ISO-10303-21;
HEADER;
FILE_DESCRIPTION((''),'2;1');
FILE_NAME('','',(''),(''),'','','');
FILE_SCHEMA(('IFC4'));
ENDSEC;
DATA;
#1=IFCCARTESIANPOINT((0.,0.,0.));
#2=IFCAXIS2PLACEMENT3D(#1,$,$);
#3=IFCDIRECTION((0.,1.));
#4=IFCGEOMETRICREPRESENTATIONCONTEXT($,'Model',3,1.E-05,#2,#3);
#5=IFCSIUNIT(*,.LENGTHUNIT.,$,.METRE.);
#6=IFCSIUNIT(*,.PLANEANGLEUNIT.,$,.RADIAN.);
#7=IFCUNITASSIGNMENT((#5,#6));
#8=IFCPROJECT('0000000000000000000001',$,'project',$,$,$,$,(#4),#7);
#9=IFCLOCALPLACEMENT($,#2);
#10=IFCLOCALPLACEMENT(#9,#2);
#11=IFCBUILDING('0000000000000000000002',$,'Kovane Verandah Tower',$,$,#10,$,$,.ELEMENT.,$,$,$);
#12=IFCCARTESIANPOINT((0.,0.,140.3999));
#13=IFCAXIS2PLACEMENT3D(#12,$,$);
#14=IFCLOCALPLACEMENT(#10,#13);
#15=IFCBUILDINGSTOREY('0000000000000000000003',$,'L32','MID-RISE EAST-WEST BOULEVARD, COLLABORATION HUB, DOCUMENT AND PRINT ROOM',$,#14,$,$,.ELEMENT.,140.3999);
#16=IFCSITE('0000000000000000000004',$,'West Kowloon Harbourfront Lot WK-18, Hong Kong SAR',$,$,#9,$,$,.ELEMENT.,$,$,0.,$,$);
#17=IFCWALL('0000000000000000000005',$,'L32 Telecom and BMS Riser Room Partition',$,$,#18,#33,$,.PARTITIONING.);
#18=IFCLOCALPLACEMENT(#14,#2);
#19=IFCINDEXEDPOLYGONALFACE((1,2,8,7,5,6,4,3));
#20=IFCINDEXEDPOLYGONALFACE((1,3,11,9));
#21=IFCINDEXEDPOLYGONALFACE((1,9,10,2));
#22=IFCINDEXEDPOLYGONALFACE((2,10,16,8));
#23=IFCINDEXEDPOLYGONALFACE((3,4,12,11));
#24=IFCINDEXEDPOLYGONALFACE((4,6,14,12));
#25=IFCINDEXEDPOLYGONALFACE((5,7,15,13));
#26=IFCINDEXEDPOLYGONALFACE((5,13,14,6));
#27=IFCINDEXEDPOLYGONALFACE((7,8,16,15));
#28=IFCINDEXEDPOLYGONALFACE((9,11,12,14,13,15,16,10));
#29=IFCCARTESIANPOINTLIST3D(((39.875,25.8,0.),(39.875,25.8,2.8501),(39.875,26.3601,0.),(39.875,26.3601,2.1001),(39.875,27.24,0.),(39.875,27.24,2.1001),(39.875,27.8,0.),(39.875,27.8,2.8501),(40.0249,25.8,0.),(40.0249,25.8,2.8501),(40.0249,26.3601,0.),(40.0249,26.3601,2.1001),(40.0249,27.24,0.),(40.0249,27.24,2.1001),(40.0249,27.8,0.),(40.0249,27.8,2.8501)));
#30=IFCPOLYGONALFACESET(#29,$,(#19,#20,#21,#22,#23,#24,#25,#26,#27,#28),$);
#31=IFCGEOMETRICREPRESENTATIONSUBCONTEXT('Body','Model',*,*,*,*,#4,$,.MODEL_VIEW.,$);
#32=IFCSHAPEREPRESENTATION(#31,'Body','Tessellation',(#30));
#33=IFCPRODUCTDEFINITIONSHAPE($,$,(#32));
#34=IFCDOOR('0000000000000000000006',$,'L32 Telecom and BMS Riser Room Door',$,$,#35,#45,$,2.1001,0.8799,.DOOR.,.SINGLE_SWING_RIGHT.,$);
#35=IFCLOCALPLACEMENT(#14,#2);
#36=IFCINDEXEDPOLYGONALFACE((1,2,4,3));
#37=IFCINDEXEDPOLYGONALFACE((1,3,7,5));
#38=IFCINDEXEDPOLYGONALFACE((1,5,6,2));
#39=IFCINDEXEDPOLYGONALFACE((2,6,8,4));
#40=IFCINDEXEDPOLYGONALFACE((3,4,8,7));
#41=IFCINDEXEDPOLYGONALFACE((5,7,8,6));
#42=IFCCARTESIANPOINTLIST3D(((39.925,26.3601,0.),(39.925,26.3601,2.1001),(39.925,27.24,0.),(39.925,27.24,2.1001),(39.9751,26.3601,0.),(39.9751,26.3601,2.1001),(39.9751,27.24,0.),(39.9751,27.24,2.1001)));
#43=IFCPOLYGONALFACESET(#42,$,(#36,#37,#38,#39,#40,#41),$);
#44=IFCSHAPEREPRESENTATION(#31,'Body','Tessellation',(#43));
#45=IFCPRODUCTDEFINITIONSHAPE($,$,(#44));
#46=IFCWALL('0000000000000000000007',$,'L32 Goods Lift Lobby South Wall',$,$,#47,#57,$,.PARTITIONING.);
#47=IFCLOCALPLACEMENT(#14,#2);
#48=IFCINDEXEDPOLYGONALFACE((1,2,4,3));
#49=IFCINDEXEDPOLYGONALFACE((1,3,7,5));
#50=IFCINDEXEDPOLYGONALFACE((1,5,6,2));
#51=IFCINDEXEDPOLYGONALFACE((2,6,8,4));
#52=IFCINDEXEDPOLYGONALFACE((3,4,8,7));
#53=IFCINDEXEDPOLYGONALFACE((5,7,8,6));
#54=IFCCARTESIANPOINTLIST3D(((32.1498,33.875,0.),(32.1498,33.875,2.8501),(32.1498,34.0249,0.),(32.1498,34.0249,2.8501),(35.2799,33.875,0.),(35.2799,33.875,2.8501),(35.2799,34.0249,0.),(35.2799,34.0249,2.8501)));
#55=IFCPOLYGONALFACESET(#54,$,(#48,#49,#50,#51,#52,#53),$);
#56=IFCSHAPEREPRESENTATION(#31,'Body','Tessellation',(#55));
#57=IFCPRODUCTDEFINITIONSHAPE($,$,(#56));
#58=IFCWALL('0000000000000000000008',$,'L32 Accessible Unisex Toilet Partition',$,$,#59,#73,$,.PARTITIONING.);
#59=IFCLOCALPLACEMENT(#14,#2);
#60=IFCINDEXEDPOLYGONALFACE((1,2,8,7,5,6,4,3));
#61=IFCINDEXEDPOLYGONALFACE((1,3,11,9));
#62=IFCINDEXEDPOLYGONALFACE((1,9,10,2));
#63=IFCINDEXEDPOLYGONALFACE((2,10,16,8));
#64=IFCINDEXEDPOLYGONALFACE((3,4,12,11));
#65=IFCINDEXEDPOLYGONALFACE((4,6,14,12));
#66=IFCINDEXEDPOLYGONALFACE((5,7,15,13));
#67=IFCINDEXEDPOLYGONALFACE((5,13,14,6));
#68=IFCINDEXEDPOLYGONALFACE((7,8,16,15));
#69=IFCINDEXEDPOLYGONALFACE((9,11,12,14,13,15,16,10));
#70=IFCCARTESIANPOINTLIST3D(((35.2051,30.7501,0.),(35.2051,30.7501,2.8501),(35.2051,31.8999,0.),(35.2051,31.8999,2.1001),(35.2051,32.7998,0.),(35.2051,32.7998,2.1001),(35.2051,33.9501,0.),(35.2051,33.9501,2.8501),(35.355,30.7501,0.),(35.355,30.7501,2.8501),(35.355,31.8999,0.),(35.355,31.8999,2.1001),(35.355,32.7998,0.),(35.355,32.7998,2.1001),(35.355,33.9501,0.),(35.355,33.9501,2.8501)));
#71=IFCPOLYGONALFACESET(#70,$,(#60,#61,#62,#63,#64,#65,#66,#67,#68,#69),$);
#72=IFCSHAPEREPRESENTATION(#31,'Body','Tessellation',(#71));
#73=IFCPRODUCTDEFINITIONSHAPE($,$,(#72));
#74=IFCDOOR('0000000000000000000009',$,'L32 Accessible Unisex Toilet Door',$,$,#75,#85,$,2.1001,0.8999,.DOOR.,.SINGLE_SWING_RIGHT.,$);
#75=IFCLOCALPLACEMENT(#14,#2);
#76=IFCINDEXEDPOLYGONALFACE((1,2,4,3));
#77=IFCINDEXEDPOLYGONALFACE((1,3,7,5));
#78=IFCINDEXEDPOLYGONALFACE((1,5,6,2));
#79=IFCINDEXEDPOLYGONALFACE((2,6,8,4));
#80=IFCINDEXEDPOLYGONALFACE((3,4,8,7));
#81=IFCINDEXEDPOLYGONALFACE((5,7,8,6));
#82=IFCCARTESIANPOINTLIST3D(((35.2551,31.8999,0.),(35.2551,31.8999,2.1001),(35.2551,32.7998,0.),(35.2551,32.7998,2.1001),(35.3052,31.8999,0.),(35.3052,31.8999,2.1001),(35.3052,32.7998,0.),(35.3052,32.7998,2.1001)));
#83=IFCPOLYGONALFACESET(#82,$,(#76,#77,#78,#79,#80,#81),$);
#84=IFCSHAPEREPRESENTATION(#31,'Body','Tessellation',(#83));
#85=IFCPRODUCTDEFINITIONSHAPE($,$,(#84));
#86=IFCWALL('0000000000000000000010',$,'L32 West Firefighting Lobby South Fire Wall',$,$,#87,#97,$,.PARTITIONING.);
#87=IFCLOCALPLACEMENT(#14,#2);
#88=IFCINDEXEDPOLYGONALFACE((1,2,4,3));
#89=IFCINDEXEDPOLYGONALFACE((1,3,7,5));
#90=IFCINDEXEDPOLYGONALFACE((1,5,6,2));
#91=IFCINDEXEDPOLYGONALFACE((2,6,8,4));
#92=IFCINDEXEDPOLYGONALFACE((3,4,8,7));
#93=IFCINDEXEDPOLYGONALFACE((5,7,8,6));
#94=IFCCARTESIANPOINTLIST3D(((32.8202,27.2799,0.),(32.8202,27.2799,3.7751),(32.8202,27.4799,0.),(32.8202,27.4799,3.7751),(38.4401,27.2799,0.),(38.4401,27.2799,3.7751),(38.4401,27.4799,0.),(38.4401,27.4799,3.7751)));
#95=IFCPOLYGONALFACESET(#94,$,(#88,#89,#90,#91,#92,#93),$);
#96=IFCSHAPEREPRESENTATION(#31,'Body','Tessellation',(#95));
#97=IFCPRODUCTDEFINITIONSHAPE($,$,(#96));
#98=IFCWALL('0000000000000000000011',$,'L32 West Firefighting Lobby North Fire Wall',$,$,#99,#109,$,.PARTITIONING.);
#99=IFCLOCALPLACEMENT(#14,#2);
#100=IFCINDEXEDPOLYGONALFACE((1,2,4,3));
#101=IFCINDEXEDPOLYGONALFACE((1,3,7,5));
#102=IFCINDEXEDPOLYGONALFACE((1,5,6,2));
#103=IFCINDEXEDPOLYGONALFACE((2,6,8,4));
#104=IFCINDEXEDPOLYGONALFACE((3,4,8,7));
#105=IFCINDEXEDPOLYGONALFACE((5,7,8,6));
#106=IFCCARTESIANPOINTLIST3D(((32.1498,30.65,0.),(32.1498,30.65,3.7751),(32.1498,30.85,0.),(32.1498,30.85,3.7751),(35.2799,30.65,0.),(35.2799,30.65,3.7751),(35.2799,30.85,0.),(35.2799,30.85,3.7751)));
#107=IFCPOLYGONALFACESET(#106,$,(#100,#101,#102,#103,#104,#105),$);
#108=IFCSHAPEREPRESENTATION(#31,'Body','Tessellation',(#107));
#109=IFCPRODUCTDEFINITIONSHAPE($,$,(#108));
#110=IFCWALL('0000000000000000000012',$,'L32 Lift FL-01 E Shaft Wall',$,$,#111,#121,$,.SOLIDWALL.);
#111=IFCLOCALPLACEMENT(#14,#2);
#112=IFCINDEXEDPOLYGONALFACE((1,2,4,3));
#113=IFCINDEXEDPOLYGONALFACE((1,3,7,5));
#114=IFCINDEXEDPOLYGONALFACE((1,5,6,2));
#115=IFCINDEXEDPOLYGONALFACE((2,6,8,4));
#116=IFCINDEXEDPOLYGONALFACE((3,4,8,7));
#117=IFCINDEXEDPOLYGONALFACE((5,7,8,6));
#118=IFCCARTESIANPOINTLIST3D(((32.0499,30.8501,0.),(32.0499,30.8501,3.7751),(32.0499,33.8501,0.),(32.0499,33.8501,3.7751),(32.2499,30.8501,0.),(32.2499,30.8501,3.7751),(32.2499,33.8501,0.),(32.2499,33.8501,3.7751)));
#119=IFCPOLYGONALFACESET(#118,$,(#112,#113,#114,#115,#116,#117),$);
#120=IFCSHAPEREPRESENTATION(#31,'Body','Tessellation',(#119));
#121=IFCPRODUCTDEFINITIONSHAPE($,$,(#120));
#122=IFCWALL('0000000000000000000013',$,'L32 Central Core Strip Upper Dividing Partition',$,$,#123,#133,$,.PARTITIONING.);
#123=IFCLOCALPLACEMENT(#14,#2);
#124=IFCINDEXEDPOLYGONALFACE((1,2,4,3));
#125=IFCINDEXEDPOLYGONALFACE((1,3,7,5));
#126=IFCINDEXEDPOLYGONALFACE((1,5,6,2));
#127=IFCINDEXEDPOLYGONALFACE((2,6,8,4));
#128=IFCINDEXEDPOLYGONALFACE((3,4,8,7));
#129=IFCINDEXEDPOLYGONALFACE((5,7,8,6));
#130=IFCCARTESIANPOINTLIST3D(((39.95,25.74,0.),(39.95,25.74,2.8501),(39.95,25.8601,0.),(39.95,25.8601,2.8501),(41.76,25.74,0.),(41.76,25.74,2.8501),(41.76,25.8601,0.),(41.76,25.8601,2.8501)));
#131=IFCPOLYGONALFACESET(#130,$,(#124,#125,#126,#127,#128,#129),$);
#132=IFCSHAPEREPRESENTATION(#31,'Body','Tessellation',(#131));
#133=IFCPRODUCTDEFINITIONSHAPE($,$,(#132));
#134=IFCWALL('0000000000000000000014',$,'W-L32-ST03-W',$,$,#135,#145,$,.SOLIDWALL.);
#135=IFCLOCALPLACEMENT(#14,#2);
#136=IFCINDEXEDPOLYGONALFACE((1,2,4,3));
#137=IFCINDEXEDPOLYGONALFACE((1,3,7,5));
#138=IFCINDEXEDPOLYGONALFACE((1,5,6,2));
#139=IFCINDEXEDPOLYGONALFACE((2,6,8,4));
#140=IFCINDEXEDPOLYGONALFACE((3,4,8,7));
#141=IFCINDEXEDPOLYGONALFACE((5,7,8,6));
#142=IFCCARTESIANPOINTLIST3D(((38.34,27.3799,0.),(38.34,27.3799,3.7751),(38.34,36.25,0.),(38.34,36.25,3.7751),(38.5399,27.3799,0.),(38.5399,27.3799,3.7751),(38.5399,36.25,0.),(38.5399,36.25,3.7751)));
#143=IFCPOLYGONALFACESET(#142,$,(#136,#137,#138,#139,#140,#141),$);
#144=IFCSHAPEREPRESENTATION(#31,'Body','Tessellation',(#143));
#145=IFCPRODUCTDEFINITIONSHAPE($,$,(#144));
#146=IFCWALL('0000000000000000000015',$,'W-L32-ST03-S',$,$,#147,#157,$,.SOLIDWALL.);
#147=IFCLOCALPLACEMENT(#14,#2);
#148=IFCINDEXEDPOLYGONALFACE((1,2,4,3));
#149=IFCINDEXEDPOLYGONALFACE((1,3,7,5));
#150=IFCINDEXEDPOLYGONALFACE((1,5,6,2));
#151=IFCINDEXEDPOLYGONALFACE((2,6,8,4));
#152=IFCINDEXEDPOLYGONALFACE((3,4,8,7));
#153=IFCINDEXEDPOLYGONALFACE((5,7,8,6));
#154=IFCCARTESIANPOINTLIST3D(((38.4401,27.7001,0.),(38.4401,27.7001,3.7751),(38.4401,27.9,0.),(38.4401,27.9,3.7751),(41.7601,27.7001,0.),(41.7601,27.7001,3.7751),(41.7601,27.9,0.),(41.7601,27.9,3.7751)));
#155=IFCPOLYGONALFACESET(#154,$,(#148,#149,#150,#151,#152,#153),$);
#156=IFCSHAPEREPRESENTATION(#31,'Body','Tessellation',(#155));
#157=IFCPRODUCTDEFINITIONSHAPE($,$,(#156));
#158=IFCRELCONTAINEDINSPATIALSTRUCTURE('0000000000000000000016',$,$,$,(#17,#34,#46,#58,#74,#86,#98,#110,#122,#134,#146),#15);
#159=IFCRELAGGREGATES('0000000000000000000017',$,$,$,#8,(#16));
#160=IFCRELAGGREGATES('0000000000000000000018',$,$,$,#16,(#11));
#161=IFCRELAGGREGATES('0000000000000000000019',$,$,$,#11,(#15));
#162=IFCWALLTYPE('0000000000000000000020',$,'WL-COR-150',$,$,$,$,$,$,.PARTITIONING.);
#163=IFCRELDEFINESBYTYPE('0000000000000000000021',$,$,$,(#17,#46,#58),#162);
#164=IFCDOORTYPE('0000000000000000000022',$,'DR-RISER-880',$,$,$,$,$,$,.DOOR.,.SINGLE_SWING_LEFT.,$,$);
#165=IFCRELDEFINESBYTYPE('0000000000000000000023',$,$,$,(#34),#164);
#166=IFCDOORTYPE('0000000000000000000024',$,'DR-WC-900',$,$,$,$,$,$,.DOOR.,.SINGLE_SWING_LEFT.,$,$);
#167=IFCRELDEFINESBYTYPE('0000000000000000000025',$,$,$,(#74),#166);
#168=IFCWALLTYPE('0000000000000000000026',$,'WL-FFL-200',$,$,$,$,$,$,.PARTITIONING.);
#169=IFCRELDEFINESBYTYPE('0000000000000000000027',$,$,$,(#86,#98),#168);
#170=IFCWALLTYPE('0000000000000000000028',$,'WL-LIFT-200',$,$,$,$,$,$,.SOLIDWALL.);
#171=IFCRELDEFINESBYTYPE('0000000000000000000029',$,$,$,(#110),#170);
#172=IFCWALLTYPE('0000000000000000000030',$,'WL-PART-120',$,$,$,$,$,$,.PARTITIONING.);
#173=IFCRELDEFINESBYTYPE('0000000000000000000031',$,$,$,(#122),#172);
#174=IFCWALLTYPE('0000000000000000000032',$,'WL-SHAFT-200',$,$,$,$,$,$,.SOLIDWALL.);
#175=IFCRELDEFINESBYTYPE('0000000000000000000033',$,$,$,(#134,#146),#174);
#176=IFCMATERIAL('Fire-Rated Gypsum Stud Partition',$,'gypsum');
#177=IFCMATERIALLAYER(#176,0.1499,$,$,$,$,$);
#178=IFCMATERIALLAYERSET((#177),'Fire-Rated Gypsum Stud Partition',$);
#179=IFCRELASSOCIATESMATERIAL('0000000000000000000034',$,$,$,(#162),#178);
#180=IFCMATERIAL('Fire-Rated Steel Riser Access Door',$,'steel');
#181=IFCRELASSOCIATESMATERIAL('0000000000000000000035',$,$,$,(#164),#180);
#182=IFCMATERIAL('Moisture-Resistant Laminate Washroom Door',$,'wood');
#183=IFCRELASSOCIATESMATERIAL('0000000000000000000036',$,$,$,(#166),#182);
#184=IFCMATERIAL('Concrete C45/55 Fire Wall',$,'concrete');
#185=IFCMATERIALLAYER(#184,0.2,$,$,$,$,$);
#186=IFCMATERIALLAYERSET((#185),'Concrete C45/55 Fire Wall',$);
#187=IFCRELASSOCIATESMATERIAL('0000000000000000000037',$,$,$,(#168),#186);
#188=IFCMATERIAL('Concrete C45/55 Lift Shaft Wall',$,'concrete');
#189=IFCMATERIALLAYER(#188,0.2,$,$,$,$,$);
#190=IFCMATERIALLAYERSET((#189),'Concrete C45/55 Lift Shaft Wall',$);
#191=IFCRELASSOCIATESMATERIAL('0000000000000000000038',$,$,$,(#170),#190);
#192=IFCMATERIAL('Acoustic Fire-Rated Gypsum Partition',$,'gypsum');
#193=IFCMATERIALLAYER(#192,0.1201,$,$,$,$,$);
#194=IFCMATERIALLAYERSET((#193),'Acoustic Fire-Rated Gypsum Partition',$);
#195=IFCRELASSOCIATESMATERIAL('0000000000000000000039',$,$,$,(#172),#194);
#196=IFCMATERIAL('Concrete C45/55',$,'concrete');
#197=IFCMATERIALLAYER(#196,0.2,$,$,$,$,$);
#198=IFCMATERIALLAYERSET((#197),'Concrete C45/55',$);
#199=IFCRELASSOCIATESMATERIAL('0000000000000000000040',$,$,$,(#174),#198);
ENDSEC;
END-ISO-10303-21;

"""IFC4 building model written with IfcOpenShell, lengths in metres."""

from ifc_helpers import new_model, si_unit, direction, frame, frame_2d, origin, place, context, subcontext, project, spatial, rectangle, extrude, material, layer, layer_set, type_object, element, fill, save


model = new_model("IFC4")

# Units and contexts
model_context = context("Model", 3, precision=1e-05, world=origin(), true_north=direction((0.0, 1.0)))
body_context = subcontext(model_context, "Body", "Model", "MODEL_VIEW")
ifc_project = project(units=[si_unit("LENGTHUNIT", "METRE"), si_unit("PLANEANGLEUNIT", "RADIAN")], contexts=[model_context])

# Site, building, storey
site_placement = place(None, origin())
site = spatial("IfcSite", under=ifc_project, at=site_placement, Name="West Kowloon Harbourfront Lot WK-18, Hong Kong SAR", CompositionType="ELEMENT", RefElevation=0.0)
building_placement = place(site_placement, origin())
building = spatial("IfcBuilding", under=site, at=building_placement, Name="Kovane Verandah Tower", CompositionType="ELEMENT")
storey_placement = place(building_placement, frame((0.0, 0.0, 140.3999)))
storey = spatial("IfcBuildingStorey", under=building, at=storey_placement, Name="L32", Description="MID-RISE EAST-WEST BOULEVARD, COLLABORATION HUB, DOCUMENT AND PRINT ROOM", CompositionType="ELEMENT", Elevation=140.3999)

# Wall, opening, door
ifc_material_1 = material(Name="Fire-Rated Gypsum Stud Partition", Category="gypsum")
ifc_layer_1 = layer(ifc_material_1, 0.1499)
ifc_layer_set_1 = layer_set([ifc_layer_1], Name="Fire-Rated Gypsum Stud Partition")
wall_type_1 = type_object("IfcWallType", Name="WL-COR-150", PredefinedType="PARTITIONING", material=ifc_layer_set_1)
wall_1_placement = place(storey_placement, frame((39.95, 25.8, 0.0), z_axis=(0.0, 0.0, 1.0), x_axis=(0.0, 1.0, 0.0)))
wall_1 = element("IfcWall", 1, at=wall_1_placement, inside=storey, type_object=wall_type_1, Name="L32 Telecom and BMS Riser Room Partition", PredefinedType="PARTITIONING", context=body_context, shape_type="SweptSolid", body=[
    extrude(rectangle(XDim=2.0, YDim=0.1499, at=frame_2d((1.0, 0.0))), origin(), (0.0, 0.0, 1.0), 2.8501),
])
opening_1_placement = place(wall_1_placement, frame((0.5601, 0.0, 0.0)))
opening_1 = element("IfcOpeningElement", 2, at=opening_1_placement, cuts=wall_1, PredefinedType="OPENING", context=body_context, shape_type="SweptSolid", body=[
    extrude(rectangle(XDim=0.8799, YDim=2.1001, at=frame_2d((0.4399, 1.05))), frame((0.0, 0.075, 0.0), z_axis=(0.0, -1.0, 0.0), x_axis=(1.0, 0.0, 0.0)), (0.0, 0.0, 1.0), 0.1499),
])
ifc_material_2 = material(Name="Fire-Rated Steel Riser Access Door", Category="steel")
door_type_1 = type_object("IfcDoorType", Name="DR-RISER-880", OperationType="SINGLE_SWING_LEFT", PredefinedType="DOOR", material=ifc_material_2)
door_1_placement = place(opening_1_placement, origin())
door_1 = element("IfcDoor", 3, at=door_1_placement, inside=storey, type_object=door_type_1, Name="L32 Telecom and BMS Riser Room Door", OperationType="SINGLE_SWING_RIGHT", OverallHeight=2.1001, OverallWidth=0.8799, PredefinedType="DOOR", context=body_context, shape_type="SweptSolid", body=[
    extrude(rectangle(XDim=0.8799, YDim=2.1001, at=frame_2d((0.4399, 1.05))), frame((0.0, 0.0249, 0.0), z_axis=(0.0, -1.0, 0.0), x_axis=(1.0, 0.0, 0.0)), (0.0, 0.0, 1.0), 0.05),
])
fill(opening_1, door_1)

# Wall
wall_2_placement = place(storey_placement, frame((32.1499, 33.95, 0.0), z_axis=(0.0, 0.0, 1.0), x_axis=(1.0, 0.0, 0.0)))
element("IfcWall", 4, at=wall_2_placement, inside=storey, type_object=wall_type_1, Name="L32 Goods Lift Lobby South Wall", PredefinedType="PARTITIONING", context=body_context, shape_type="SweptSolid", body=[
    extrude(rectangle(XDim=3.1301, YDim=0.1499, at=frame_2d((1.5649, 0.0))), origin(), (0.0, 0.0, 1.0), 2.8501),
])

# Wall, opening, door
wall_3_placement = place(storey_placement, frame((35.28, 30.75, 0.0), z_axis=(0.0, 0.0, 1.0), x_axis=(0.0, 1.0, 0.0)))
wall_3 = element("IfcWall", 5, at=wall_3_placement, inside=storey, type_object=wall_type_1, Name="L32 Accessible Unisex Toilet Partition", PredefinedType="PARTITIONING", context=body_context, shape_type="SweptSolid", body=[
    extrude(rectangle(XDim=3.2, YDim=0.1499, at=frame_2d((1.6001, 0.0))), origin(), (0.0, 0.0, 1.0), 2.8501),
])
opening_2_placement = place(wall_3_placement, frame((1.1499, 0.0, 0.0)))
opening_2 = element("IfcOpeningElement", 6, at=opening_2_placement, cuts=wall_3, PredefinedType="OPENING", context=body_context, shape_type="SweptSolid", body=[
    extrude(rectangle(XDim=0.8999, YDim=2.1001, at=frame_2d((0.45, 1.05))), frame((0.0, 0.075, 0.0), z_axis=(0.0, -1.0, 0.0), x_axis=(1.0, 0.0, 0.0)), (0.0, 0.0, 1.0), 0.1499),
])
ifc_material_3 = material(Name="Moisture-Resistant Laminate Washroom Door", Category="wood")
door_type_2 = type_object("IfcDoorType", Name="DR-WC-900", OperationType="SINGLE_SWING_LEFT", PredefinedType="DOOR", material=ifc_material_3)
door_2_placement = place(opening_2_placement, origin())
door_2 = element("IfcDoor", 7, at=door_2_placement, inside=storey, type_object=door_type_2, Name="L32 Accessible Unisex Toilet Door", OperationType="SINGLE_SWING_RIGHT", OverallHeight=2.1001, OverallWidth=0.8999, PredefinedType="DOOR", context=body_context, shape_type="SweptSolid", body=[
    extrude(rectangle(XDim=0.8999, YDim=2.1001, at=frame_2d((0.45, 1.05))), frame((0.0, 0.0249, 0.0), z_axis=(0.0, -1.0, 0.0), x_axis=(1.0, 0.0, 0.0)), (0.0, 0.0, 1.0), 0.05),
])
fill(opening_2, door_2)
ifc_material_4 = material(Name="Concrete C45/55 Fire Wall", Category="concrete")
ifc_layer_2 = layer(ifc_material_4, 0.2)
ifc_layer_set_2 = layer_set([ifc_layer_2], Name="Concrete C45/55 Fire Wall")
wall_type_2 = type_object("IfcWallType", Name="WL-FFL-200", PredefinedType="PARTITIONING", material=ifc_layer_set_2)

# Walls
wall_4_placement = place(storey_placement, frame((32.8201, 27.3799, 0.0), z_axis=(0.0, 0.0, 1.0), x_axis=(1.0, 0.0, 0.0)))
element("IfcWall", 8, at=wall_4_placement, inside=storey, type_object=wall_type_2, Name="L32 West Firefighting Lobby South Fire Wall", PredefinedType="PARTITIONING", context=body_context, shape_type="SweptSolid", body=[
    extrude(rectangle(XDim=5.6199, YDim=0.2, at=frame_2d((2.8101, 0.0))), origin(), (0.0, 0.0, 1.0), 3.7751),
])
wall_5_placement = place(storey_placement, frame((32.1499, 30.75, 0.0), z_axis=(0.0, 0.0, 1.0), x_axis=(1.0, 0.0, 0.0)))
element("IfcWall", 9, at=wall_5_placement, inside=storey, type_object=wall_type_2, Name="L32 West Firefighting Lobby North Fire Wall", PredefinedType="PARTITIONING", context=body_context, shape_type="SweptSolid", body=[
    extrude(rectangle(XDim=3.1301, YDim=0.2, at=frame_2d((1.5649, 0.0))), origin(), (0.0, 0.0, 1.0), 3.7751),
])
ifc_material_5 = material(Name="Concrete C45/55 Lift Shaft Wall", Category="concrete")
ifc_layer_3 = layer(ifc_material_5, 0.2)
ifc_layer_set_3 = layer_set([ifc_layer_3], Name="Concrete C45/55 Lift Shaft Wall")
wall_type_3 = type_object("IfcWallType", Name="WL-LIFT-200", PredefinedType="SOLIDWALL", material=ifc_layer_set_3)
wall_6_placement = place(storey_placement, frame((32.1499, 30.8501, 0.0), z_axis=(0.0, 0.0, 1.0), x_axis=(0.0, 1.0, 0.0)))
element("IfcWall", 10, at=wall_6_placement, inside=storey, type_object=wall_type_3, Name="L32 Lift FL-01 E Shaft Wall", PredefinedType="SOLIDWALL", context=body_context, shape_type="SweptSolid", body=[
    extrude(rectangle(XDim=3.0, YDim=0.2, at=frame_2d((1.5, 0.0))), origin(), (0.0, 0.0, 1.0), 3.7751),
])

# Walls
ifc_material_6 = material(Name="Acoustic Fire-Rated Gypsum Partition", Category="gypsum")
ifc_layer_4 = layer(ifc_material_6, 0.1201)
ifc_layer_set_4 = layer_set([ifc_layer_4], Name="Acoustic Fire-Rated Gypsum Partition")
wall_type_4 = type_object("IfcWallType", Name="WL-PART-120", PredefinedType="PARTITIONING", material=ifc_layer_set_4)
wall_7_placement = place(storey_placement, frame((39.95, 25.8, 0.0), z_axis=(0.0, 0.0, 1.0), x_axis=(1.0, 0.0, 0.0)))
element("IfcWall", 11, at=wall_7_placement, inside=storey, type_object=wall_type_4, Name="L32 Central Core Strip Upper Dividing Partition", PredefinedType="PARTITIONING", context=body_context, shape_type="SweptSolid", body=[
    extrude(rectangle(XDim=1.8101, YDim=0.1201, at=frame_2d((0.905, 0.0))), origin(), (0.0, 0.0, 1.0), 2.8501),
])
ifc_material_7 = material(Name="Concrete C45/55", Category="concrete")
ifc_layer_5 = layer(ifc_material_7, 0.2)
ifc_layer_set_5 = layer_set([ifc_layer_5], Name="Concrete C45/55")
wall_type_5 = type_object("IfcWallType", Name="WL-SHAFT-200", PredefinedType="SOLIDWALL", material=ifc_layer_set_5)
wall_8_placement = place(storey_placement, frame((38.4399, 27.3799, 0.0), z_axis=(0.0, 0.0, 1.0), x_axis=(0.0, 1.0, 0.0)))
element("IfcWall", 12, at=wall_8_placement, inside=storey, type_object=wall_type_5, Name="W-L32-ST03-W", PredefinedType="SOLIDWALL", context=body_context, shape_type="SweptSolid", body=[
    extrude(rectangle(XDim=8.8701, YDim=0.2, at=frame_2d((4.4351, 0.0))), origin(), (0.0, 0.0, 1.0), 3.7751),
])
wall_9_placement = place(storey_placement, frame((38.4399, 27.8, 0.0), z_axis=(0.0, 0.0, 1.0), x_axis=(1.0, 0.0, 0.0)))
element("IfcWall", 13, at=wall_9_placement, inside=storey, type_object=wall_type_5, Name="W-L32-ST03-S", PredefinedType="SOLIDWALL", context=body_context, shape_type="SweptSolid", body=[
    extrude(rectangle(XDim=3.3201, YDim=0.2, at=frame_2d((1.6602, 0.0))), origin(), (0.0, 0.0, 1.0), 3.7751),
])

save(model, "model.ifc")
